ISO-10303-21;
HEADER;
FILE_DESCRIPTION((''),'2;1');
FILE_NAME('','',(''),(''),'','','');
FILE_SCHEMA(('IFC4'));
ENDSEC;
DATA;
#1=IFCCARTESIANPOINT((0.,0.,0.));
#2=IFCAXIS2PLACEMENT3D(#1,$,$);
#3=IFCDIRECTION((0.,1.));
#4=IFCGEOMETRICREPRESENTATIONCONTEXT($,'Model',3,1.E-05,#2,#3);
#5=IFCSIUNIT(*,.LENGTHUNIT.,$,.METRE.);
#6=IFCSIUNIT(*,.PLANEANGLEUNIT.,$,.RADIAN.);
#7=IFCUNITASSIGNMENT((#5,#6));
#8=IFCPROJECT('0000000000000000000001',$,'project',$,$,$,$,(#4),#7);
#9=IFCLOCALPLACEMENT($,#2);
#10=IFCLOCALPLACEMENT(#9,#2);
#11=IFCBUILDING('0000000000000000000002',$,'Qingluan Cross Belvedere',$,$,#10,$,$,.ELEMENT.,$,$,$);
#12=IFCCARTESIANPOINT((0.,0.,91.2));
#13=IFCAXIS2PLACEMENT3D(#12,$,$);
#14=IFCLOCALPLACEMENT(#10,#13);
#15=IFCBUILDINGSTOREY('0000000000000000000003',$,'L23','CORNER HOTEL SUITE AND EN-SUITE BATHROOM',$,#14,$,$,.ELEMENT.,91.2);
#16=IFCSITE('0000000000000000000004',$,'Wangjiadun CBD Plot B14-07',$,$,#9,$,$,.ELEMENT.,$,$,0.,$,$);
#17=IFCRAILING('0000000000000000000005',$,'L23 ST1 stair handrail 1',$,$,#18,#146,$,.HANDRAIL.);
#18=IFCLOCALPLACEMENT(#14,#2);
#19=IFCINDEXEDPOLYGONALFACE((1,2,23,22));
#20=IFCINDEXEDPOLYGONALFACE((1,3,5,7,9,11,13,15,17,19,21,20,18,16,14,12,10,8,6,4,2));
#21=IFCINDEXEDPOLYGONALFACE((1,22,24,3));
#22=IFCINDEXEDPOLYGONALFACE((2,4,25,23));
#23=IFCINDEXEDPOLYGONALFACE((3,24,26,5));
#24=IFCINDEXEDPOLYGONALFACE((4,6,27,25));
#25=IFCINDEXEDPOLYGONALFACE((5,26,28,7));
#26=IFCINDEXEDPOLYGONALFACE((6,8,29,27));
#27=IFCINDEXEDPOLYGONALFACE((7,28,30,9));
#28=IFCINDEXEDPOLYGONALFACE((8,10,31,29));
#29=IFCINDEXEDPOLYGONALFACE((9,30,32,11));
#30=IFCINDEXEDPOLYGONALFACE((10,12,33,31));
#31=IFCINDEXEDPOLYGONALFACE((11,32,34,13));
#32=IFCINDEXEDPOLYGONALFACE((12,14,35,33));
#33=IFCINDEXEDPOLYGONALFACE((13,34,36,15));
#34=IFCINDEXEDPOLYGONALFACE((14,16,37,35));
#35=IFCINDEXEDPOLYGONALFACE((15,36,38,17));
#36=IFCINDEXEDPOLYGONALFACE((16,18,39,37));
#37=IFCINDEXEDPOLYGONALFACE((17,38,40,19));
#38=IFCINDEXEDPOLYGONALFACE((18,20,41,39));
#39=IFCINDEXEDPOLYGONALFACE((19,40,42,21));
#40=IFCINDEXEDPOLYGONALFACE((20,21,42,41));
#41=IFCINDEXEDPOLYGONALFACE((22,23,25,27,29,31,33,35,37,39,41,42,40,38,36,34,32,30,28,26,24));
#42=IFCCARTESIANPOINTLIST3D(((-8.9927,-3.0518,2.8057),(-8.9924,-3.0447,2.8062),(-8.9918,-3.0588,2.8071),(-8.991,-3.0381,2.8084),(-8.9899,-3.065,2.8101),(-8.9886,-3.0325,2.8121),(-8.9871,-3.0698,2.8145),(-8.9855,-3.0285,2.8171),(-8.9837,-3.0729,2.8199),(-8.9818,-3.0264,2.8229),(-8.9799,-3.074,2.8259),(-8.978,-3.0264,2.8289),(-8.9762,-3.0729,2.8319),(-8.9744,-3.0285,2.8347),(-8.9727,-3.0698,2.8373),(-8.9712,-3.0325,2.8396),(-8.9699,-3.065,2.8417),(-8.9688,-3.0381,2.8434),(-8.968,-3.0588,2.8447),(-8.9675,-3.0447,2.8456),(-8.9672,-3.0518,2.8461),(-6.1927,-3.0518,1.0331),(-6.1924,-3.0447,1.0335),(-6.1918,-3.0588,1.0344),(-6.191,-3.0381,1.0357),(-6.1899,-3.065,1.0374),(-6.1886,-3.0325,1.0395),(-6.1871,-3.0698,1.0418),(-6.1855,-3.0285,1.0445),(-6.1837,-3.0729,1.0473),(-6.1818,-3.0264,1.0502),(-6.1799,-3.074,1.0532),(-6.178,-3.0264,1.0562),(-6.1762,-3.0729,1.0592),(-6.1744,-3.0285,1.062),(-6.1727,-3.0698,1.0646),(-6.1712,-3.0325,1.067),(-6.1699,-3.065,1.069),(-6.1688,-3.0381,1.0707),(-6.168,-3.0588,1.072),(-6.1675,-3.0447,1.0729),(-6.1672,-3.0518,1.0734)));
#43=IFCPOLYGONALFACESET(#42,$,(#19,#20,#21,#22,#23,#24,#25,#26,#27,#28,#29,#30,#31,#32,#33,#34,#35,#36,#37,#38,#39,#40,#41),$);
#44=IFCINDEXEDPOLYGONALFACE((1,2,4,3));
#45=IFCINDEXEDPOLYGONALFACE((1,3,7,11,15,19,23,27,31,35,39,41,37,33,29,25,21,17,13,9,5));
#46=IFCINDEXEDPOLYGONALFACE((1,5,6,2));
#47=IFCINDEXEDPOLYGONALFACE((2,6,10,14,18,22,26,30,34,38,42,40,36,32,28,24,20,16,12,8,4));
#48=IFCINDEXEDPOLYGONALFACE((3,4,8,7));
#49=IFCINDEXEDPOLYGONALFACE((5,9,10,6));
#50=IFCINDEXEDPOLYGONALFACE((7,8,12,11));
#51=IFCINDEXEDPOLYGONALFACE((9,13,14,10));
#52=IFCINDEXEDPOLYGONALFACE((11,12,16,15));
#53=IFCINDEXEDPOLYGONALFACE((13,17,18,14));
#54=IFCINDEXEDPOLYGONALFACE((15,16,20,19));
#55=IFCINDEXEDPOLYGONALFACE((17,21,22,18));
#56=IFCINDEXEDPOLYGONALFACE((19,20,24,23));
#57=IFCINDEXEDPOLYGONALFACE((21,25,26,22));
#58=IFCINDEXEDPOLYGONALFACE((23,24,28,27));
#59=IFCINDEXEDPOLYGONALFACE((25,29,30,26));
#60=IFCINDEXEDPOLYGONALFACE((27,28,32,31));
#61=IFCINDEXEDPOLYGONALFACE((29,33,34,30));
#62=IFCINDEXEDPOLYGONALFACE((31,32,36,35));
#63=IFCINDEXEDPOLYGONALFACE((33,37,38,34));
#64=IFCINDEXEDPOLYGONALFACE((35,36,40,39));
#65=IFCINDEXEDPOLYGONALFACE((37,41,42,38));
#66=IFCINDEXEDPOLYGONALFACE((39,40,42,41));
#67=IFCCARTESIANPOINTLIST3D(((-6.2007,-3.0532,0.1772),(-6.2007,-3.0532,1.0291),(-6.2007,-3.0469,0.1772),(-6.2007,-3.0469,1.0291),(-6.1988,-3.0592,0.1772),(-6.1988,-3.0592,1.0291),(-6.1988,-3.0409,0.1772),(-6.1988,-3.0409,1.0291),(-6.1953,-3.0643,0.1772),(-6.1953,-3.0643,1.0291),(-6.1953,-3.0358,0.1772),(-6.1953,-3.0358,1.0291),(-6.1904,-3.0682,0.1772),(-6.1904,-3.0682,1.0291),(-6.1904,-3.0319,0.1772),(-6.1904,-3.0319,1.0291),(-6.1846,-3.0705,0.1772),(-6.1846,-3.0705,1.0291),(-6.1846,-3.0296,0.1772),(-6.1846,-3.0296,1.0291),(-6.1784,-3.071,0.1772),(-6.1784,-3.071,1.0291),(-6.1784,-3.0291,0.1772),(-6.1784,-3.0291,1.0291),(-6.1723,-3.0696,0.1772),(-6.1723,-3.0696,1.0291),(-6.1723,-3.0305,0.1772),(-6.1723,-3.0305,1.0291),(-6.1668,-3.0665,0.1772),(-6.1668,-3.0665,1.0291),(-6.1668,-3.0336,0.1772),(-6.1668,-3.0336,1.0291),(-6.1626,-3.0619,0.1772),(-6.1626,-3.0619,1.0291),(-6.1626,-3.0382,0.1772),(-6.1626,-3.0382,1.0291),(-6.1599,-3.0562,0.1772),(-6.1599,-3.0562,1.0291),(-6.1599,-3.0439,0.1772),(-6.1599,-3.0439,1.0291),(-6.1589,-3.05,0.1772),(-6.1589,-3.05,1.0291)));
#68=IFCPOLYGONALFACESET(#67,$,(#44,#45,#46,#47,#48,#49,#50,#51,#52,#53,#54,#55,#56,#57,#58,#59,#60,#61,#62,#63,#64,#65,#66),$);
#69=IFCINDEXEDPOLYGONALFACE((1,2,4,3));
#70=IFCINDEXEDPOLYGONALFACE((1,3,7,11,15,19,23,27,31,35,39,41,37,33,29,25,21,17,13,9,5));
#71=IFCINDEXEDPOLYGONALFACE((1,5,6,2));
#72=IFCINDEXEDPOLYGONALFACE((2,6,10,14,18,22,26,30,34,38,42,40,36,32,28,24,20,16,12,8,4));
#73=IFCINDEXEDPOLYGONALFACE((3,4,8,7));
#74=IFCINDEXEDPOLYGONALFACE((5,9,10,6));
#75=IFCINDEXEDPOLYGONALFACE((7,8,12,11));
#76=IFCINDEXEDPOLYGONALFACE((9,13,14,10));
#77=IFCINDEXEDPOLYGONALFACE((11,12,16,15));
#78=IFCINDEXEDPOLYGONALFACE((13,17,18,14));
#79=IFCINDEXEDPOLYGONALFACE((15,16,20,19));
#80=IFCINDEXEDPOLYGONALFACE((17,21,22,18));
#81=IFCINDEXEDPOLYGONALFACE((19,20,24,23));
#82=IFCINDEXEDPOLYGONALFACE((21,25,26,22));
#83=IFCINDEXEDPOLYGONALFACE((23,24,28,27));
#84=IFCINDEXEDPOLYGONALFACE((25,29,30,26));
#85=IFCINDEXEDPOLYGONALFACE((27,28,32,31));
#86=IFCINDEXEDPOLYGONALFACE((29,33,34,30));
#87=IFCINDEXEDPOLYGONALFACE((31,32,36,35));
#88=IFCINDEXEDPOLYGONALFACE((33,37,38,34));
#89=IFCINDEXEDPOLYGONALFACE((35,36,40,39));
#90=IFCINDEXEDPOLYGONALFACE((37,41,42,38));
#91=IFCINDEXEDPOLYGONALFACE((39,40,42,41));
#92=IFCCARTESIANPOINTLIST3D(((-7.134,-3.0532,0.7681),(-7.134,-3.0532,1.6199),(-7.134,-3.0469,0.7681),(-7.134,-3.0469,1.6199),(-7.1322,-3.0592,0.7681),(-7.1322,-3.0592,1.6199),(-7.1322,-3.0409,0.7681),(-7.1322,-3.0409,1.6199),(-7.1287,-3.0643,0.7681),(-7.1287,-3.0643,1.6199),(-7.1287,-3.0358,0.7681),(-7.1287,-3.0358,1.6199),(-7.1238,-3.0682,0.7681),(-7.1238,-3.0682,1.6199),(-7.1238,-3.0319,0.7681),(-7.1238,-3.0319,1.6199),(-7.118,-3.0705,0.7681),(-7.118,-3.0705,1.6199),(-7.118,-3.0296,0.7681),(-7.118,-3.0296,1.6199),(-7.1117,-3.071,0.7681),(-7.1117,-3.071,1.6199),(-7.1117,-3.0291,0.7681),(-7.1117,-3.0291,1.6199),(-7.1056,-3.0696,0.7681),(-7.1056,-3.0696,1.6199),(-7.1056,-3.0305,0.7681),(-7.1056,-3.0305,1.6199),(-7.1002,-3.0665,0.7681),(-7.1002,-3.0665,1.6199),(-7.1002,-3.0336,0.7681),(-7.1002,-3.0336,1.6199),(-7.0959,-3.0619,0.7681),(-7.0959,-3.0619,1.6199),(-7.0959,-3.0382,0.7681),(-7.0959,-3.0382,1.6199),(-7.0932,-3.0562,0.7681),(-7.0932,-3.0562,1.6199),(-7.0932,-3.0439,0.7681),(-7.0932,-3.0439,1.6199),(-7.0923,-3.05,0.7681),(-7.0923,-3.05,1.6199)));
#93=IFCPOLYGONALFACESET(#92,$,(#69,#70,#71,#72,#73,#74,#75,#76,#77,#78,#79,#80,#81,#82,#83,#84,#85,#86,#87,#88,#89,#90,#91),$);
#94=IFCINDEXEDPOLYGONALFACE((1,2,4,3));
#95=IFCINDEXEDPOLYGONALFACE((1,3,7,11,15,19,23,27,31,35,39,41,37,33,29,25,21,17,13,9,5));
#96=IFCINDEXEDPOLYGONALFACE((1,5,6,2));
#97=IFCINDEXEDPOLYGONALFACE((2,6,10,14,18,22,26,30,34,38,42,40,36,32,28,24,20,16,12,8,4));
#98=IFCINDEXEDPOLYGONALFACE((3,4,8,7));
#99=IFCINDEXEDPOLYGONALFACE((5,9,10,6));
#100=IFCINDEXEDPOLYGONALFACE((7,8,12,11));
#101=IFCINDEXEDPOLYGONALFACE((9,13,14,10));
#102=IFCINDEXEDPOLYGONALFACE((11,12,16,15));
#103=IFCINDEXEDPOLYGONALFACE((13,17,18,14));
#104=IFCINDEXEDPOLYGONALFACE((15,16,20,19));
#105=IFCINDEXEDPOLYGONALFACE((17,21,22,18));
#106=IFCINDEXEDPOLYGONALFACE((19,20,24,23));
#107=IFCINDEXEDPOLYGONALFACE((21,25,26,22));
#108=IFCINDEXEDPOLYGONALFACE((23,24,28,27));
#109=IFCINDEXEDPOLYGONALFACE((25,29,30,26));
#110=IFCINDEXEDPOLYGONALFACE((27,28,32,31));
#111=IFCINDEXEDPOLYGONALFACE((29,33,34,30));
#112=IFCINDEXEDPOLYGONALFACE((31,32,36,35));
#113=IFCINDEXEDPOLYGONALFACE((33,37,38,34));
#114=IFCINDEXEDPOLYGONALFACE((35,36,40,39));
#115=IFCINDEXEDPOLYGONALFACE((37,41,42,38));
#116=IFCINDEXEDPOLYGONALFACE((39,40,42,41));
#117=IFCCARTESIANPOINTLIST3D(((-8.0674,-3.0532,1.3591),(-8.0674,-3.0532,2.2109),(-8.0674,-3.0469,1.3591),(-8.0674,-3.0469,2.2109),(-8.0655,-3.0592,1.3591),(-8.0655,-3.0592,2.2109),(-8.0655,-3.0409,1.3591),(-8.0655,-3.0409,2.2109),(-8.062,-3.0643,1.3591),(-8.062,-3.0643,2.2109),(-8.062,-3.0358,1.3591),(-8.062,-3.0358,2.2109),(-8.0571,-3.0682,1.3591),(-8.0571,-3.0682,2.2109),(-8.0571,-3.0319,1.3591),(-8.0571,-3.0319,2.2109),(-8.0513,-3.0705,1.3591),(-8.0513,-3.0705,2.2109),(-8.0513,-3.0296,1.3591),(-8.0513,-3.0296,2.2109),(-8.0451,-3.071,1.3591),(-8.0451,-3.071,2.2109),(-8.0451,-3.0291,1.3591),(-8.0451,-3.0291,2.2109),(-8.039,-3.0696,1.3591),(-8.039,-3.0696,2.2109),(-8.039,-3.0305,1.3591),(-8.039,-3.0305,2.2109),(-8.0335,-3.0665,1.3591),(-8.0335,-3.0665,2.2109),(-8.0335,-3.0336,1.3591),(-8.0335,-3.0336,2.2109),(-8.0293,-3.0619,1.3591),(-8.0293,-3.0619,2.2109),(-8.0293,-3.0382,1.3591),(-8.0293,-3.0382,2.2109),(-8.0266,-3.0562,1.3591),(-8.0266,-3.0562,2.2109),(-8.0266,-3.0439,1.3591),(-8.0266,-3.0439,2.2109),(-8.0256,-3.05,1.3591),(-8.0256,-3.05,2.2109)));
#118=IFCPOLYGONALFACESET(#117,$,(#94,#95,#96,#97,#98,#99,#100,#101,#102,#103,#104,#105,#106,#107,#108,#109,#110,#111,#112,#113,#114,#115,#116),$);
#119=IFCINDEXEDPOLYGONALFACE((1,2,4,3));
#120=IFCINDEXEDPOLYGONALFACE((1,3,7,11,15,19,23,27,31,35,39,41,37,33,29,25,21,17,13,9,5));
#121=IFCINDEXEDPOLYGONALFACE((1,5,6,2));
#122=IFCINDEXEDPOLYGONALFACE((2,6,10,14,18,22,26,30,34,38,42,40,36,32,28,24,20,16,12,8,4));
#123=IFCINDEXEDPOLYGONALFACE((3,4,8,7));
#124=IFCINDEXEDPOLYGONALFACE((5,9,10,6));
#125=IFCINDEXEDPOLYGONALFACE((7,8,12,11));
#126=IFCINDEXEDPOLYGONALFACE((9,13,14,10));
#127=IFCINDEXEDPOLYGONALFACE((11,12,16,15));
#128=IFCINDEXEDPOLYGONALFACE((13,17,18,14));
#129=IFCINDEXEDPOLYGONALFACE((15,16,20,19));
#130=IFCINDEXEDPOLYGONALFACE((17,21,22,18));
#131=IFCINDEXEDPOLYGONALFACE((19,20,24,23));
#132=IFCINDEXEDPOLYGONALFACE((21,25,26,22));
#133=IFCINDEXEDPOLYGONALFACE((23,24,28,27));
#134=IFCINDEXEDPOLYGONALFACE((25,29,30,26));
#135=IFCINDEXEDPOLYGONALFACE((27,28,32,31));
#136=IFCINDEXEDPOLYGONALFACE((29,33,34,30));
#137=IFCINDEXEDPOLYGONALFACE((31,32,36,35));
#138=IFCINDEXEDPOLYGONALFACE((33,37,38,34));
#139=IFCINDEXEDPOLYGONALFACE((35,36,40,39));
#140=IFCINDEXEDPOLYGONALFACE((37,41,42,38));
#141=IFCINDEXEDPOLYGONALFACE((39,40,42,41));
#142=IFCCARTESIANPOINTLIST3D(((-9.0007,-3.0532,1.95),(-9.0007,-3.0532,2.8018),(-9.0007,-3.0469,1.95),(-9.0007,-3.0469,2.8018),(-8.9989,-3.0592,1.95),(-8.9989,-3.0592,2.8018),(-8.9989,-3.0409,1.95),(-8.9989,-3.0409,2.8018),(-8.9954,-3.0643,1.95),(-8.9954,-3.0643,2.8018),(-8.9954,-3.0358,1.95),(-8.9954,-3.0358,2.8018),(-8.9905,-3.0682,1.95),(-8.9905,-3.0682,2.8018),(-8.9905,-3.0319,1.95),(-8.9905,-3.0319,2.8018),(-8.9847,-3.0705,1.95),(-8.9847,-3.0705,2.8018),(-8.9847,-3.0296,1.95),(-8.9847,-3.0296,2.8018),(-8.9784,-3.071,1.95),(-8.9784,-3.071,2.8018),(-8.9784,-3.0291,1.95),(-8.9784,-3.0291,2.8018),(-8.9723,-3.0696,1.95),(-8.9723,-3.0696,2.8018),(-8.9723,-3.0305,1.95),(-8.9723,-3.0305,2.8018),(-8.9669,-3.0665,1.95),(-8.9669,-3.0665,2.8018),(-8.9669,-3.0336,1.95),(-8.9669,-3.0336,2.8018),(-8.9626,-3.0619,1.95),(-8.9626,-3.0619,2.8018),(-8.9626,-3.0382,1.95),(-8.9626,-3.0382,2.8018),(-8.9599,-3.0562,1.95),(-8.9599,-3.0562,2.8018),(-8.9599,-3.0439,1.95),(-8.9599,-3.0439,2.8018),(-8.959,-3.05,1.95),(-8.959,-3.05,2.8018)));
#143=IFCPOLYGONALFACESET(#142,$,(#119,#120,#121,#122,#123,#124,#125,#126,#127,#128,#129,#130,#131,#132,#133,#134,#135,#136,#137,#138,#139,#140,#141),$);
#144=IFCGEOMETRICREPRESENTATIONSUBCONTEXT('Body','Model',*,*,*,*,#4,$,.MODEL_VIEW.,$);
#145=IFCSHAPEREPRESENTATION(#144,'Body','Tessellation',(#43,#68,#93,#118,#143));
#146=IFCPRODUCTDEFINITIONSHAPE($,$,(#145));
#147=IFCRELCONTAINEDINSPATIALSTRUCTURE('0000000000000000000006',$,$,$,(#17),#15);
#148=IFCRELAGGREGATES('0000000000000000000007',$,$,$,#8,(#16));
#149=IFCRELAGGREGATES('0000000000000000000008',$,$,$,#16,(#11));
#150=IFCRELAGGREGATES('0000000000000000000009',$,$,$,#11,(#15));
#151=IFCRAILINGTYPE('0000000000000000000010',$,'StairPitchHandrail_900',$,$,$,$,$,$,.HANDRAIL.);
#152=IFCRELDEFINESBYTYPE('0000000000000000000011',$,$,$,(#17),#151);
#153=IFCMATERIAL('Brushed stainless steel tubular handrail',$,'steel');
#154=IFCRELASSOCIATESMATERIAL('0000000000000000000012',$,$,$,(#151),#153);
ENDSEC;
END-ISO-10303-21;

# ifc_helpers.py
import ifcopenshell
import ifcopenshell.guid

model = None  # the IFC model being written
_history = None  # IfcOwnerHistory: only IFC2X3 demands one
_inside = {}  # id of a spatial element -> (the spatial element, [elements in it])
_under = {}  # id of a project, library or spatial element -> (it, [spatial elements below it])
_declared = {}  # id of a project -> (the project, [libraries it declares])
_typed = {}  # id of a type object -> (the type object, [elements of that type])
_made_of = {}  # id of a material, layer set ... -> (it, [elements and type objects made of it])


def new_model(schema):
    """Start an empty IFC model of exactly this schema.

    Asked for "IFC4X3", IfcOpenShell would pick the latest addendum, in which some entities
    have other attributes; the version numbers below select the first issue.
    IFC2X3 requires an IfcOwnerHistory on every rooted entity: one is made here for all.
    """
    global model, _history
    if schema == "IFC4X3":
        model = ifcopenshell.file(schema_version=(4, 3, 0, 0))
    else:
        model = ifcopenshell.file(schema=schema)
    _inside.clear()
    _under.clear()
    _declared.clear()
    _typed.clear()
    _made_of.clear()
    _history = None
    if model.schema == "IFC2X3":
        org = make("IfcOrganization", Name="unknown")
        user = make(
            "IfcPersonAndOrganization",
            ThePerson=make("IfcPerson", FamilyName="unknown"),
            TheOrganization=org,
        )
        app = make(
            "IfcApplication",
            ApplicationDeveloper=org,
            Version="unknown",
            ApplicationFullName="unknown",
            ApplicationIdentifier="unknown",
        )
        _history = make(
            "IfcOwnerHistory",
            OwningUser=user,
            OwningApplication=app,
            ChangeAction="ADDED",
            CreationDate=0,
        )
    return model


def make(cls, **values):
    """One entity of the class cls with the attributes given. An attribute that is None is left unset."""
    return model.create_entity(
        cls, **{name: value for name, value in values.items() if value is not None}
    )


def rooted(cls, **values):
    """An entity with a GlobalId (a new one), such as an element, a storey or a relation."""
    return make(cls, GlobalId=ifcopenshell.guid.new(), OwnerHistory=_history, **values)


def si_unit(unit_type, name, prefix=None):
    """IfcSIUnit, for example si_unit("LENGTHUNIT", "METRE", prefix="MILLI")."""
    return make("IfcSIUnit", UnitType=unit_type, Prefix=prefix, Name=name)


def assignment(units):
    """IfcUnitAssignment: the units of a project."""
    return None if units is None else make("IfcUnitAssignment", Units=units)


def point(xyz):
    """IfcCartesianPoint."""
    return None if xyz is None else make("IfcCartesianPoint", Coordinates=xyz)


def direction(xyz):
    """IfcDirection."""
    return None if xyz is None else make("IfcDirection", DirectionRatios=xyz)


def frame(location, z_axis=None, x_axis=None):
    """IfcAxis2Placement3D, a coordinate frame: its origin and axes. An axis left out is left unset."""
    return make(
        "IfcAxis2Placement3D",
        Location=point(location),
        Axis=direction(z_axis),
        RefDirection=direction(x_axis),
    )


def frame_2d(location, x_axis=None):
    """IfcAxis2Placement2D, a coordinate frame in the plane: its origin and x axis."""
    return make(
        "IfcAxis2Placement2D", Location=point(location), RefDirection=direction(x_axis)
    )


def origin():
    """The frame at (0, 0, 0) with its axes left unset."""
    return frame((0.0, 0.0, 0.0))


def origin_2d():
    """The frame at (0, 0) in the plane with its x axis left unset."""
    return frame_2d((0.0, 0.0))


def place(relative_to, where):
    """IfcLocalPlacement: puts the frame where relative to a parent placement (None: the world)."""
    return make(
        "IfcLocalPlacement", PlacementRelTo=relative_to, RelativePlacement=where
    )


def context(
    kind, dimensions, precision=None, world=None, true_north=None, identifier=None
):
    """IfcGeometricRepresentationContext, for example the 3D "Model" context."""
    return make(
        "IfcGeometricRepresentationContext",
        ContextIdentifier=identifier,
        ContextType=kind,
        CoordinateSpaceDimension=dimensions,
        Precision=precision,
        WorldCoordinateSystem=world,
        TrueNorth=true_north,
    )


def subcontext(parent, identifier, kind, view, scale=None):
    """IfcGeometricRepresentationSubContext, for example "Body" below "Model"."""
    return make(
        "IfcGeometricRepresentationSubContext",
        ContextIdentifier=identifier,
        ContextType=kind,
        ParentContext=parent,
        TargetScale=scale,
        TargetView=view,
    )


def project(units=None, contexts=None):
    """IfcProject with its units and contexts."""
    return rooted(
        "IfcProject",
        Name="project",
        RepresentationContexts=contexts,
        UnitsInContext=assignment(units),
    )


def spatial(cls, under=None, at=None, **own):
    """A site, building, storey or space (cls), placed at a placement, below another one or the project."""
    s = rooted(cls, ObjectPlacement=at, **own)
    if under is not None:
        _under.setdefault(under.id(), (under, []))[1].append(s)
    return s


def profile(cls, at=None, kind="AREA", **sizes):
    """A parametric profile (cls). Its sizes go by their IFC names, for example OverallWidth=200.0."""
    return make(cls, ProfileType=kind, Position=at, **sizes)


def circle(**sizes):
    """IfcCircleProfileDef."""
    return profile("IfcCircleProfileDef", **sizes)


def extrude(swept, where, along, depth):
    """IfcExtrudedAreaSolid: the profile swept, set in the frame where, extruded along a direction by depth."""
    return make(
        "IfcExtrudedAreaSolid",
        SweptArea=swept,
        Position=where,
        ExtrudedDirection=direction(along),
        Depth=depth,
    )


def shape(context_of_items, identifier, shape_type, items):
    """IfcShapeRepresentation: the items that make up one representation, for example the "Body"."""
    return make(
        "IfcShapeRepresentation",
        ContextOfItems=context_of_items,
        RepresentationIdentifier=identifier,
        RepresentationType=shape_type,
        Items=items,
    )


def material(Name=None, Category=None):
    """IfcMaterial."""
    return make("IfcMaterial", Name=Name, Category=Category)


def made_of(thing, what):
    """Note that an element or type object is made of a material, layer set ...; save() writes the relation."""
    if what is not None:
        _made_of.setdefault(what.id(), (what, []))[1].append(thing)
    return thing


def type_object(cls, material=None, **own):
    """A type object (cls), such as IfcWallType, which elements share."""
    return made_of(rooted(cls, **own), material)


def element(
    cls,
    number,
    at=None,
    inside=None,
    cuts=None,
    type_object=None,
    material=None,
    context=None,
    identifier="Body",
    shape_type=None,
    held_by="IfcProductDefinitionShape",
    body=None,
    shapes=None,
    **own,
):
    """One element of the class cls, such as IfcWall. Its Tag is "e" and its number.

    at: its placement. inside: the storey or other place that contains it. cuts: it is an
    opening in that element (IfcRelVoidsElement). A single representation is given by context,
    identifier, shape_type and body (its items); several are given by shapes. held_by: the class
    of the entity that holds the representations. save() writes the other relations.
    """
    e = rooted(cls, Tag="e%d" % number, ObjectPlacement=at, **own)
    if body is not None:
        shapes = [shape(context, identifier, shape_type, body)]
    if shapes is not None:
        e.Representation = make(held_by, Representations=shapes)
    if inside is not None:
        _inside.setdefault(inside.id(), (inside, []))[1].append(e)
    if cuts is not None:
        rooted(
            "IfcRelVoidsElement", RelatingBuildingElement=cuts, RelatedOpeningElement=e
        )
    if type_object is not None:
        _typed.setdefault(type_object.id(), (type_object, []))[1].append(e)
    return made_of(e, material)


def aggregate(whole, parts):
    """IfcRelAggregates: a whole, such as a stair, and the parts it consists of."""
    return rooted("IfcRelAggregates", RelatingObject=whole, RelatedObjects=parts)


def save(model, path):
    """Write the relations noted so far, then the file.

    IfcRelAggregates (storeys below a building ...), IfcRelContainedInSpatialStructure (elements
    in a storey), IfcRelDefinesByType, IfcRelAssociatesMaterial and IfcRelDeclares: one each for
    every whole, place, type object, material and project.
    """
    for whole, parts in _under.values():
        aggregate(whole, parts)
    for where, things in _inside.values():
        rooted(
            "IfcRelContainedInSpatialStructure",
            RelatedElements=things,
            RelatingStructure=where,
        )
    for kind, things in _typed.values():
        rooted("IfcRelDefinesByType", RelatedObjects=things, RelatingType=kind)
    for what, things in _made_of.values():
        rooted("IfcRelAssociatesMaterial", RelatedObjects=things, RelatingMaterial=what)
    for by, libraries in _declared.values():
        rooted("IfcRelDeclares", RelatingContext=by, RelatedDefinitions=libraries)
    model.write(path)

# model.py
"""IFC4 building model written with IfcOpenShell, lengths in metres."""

from ifc_helpers import new_model, si_unit, direction, frame, origin, origin_2d, place, context, subcontext, project, spatial, circle, extrude, material, type_object, element, save


model = new_model("IFC4")

# Units and contexts
model_context = context("Model", 3, precision=1e-05, world=origin(), true_north=direction((0.0, 1.0)))
body_context = subcontext(model_context, "Body", "Model", "MODEL_VIEW")
ifc_project = project(units=[si_unit("LENGTHUNIT", "METRE"), si_unit("PLANEANGLEUNIT", "RADIAN")], contexts=[model_context])

# Site, building, storey
site_placement = place(None, origin())
site = spatial("IfcSite", under=ifc_project, at=site_placement, Name="Wangjiadun CBD Plot B14-07", CompositionType="ELEMENT", RefElevation=0.0)
building_placement = place(site_placement, origin())
building = spatial("IfcBuilding", under=site, at=building_placement, Name="Qingluan Cross Belvedere", CompositionType="ELEMENT")
storey_placement = place(building_placement, frame((0.0, 0.0, 91.2)))
storey = spatial("IfcBuildingStorey", under=building, at=storey_placement, Name="L23", Description="CORNER HOTEL SUITE AND EN-SUITE BATHROOM", CompositionType="ELEMENT", Elevation=91.2)

# Railing
ifc_material_1 = material(Name="Brushed stainless steel tubular handrail", Category="steel")
railing_type_1 = type_object("IfcRailingType", Name="StairPitchHandrail_900", PredefinedType="HANDRAIL", material=ifc_material_1)
railing_1_placement = place(storey_placement, frame((-6.1799, -3.05, 0.1772)))
element("IfcRailing", 1, at=railing_1_placement, inside=storey, type_object=railing_type_1, Name="L23 ST1 stair handrail 1", PredefinedType="HANDRAIL", context=body_context, shape_type="SweptSolid", body=[
    extrude(circle(Radius=0.0239, at=origin_2d()), frame((0.0, 0.0, 0.876), z_axis=(-0.844909, 0.0, 0.53491), x_axis=(0.0, -1.0, 0.0)), (0.0, 0.0, 1.0), 3.314),
    extrude(circle(Radius=0.021, at=origin_2d()), origin(), (0.0, 0.0, 1.0), 0.8518),
    extrude(circle(Radius=0.021, at=origin_2d()), frame((-0.9333, 0.0, 0.5908)), (0.0, 0.0, 1.0), 0.8518),
    extrude(circle(Radius=0.021, at=origin_2d()), frame((-1.8667, 0.0, 1.1819)), (0.0, 0.0, 1.0), 0.8518),
    extrude(circle(Radius=0.021, at=origin_2d()), frame((-2.8, 0.0, 1.7727)), (0.0, 0.0, 1.0), 0.8518),
])

save(model, "model.ifc")
